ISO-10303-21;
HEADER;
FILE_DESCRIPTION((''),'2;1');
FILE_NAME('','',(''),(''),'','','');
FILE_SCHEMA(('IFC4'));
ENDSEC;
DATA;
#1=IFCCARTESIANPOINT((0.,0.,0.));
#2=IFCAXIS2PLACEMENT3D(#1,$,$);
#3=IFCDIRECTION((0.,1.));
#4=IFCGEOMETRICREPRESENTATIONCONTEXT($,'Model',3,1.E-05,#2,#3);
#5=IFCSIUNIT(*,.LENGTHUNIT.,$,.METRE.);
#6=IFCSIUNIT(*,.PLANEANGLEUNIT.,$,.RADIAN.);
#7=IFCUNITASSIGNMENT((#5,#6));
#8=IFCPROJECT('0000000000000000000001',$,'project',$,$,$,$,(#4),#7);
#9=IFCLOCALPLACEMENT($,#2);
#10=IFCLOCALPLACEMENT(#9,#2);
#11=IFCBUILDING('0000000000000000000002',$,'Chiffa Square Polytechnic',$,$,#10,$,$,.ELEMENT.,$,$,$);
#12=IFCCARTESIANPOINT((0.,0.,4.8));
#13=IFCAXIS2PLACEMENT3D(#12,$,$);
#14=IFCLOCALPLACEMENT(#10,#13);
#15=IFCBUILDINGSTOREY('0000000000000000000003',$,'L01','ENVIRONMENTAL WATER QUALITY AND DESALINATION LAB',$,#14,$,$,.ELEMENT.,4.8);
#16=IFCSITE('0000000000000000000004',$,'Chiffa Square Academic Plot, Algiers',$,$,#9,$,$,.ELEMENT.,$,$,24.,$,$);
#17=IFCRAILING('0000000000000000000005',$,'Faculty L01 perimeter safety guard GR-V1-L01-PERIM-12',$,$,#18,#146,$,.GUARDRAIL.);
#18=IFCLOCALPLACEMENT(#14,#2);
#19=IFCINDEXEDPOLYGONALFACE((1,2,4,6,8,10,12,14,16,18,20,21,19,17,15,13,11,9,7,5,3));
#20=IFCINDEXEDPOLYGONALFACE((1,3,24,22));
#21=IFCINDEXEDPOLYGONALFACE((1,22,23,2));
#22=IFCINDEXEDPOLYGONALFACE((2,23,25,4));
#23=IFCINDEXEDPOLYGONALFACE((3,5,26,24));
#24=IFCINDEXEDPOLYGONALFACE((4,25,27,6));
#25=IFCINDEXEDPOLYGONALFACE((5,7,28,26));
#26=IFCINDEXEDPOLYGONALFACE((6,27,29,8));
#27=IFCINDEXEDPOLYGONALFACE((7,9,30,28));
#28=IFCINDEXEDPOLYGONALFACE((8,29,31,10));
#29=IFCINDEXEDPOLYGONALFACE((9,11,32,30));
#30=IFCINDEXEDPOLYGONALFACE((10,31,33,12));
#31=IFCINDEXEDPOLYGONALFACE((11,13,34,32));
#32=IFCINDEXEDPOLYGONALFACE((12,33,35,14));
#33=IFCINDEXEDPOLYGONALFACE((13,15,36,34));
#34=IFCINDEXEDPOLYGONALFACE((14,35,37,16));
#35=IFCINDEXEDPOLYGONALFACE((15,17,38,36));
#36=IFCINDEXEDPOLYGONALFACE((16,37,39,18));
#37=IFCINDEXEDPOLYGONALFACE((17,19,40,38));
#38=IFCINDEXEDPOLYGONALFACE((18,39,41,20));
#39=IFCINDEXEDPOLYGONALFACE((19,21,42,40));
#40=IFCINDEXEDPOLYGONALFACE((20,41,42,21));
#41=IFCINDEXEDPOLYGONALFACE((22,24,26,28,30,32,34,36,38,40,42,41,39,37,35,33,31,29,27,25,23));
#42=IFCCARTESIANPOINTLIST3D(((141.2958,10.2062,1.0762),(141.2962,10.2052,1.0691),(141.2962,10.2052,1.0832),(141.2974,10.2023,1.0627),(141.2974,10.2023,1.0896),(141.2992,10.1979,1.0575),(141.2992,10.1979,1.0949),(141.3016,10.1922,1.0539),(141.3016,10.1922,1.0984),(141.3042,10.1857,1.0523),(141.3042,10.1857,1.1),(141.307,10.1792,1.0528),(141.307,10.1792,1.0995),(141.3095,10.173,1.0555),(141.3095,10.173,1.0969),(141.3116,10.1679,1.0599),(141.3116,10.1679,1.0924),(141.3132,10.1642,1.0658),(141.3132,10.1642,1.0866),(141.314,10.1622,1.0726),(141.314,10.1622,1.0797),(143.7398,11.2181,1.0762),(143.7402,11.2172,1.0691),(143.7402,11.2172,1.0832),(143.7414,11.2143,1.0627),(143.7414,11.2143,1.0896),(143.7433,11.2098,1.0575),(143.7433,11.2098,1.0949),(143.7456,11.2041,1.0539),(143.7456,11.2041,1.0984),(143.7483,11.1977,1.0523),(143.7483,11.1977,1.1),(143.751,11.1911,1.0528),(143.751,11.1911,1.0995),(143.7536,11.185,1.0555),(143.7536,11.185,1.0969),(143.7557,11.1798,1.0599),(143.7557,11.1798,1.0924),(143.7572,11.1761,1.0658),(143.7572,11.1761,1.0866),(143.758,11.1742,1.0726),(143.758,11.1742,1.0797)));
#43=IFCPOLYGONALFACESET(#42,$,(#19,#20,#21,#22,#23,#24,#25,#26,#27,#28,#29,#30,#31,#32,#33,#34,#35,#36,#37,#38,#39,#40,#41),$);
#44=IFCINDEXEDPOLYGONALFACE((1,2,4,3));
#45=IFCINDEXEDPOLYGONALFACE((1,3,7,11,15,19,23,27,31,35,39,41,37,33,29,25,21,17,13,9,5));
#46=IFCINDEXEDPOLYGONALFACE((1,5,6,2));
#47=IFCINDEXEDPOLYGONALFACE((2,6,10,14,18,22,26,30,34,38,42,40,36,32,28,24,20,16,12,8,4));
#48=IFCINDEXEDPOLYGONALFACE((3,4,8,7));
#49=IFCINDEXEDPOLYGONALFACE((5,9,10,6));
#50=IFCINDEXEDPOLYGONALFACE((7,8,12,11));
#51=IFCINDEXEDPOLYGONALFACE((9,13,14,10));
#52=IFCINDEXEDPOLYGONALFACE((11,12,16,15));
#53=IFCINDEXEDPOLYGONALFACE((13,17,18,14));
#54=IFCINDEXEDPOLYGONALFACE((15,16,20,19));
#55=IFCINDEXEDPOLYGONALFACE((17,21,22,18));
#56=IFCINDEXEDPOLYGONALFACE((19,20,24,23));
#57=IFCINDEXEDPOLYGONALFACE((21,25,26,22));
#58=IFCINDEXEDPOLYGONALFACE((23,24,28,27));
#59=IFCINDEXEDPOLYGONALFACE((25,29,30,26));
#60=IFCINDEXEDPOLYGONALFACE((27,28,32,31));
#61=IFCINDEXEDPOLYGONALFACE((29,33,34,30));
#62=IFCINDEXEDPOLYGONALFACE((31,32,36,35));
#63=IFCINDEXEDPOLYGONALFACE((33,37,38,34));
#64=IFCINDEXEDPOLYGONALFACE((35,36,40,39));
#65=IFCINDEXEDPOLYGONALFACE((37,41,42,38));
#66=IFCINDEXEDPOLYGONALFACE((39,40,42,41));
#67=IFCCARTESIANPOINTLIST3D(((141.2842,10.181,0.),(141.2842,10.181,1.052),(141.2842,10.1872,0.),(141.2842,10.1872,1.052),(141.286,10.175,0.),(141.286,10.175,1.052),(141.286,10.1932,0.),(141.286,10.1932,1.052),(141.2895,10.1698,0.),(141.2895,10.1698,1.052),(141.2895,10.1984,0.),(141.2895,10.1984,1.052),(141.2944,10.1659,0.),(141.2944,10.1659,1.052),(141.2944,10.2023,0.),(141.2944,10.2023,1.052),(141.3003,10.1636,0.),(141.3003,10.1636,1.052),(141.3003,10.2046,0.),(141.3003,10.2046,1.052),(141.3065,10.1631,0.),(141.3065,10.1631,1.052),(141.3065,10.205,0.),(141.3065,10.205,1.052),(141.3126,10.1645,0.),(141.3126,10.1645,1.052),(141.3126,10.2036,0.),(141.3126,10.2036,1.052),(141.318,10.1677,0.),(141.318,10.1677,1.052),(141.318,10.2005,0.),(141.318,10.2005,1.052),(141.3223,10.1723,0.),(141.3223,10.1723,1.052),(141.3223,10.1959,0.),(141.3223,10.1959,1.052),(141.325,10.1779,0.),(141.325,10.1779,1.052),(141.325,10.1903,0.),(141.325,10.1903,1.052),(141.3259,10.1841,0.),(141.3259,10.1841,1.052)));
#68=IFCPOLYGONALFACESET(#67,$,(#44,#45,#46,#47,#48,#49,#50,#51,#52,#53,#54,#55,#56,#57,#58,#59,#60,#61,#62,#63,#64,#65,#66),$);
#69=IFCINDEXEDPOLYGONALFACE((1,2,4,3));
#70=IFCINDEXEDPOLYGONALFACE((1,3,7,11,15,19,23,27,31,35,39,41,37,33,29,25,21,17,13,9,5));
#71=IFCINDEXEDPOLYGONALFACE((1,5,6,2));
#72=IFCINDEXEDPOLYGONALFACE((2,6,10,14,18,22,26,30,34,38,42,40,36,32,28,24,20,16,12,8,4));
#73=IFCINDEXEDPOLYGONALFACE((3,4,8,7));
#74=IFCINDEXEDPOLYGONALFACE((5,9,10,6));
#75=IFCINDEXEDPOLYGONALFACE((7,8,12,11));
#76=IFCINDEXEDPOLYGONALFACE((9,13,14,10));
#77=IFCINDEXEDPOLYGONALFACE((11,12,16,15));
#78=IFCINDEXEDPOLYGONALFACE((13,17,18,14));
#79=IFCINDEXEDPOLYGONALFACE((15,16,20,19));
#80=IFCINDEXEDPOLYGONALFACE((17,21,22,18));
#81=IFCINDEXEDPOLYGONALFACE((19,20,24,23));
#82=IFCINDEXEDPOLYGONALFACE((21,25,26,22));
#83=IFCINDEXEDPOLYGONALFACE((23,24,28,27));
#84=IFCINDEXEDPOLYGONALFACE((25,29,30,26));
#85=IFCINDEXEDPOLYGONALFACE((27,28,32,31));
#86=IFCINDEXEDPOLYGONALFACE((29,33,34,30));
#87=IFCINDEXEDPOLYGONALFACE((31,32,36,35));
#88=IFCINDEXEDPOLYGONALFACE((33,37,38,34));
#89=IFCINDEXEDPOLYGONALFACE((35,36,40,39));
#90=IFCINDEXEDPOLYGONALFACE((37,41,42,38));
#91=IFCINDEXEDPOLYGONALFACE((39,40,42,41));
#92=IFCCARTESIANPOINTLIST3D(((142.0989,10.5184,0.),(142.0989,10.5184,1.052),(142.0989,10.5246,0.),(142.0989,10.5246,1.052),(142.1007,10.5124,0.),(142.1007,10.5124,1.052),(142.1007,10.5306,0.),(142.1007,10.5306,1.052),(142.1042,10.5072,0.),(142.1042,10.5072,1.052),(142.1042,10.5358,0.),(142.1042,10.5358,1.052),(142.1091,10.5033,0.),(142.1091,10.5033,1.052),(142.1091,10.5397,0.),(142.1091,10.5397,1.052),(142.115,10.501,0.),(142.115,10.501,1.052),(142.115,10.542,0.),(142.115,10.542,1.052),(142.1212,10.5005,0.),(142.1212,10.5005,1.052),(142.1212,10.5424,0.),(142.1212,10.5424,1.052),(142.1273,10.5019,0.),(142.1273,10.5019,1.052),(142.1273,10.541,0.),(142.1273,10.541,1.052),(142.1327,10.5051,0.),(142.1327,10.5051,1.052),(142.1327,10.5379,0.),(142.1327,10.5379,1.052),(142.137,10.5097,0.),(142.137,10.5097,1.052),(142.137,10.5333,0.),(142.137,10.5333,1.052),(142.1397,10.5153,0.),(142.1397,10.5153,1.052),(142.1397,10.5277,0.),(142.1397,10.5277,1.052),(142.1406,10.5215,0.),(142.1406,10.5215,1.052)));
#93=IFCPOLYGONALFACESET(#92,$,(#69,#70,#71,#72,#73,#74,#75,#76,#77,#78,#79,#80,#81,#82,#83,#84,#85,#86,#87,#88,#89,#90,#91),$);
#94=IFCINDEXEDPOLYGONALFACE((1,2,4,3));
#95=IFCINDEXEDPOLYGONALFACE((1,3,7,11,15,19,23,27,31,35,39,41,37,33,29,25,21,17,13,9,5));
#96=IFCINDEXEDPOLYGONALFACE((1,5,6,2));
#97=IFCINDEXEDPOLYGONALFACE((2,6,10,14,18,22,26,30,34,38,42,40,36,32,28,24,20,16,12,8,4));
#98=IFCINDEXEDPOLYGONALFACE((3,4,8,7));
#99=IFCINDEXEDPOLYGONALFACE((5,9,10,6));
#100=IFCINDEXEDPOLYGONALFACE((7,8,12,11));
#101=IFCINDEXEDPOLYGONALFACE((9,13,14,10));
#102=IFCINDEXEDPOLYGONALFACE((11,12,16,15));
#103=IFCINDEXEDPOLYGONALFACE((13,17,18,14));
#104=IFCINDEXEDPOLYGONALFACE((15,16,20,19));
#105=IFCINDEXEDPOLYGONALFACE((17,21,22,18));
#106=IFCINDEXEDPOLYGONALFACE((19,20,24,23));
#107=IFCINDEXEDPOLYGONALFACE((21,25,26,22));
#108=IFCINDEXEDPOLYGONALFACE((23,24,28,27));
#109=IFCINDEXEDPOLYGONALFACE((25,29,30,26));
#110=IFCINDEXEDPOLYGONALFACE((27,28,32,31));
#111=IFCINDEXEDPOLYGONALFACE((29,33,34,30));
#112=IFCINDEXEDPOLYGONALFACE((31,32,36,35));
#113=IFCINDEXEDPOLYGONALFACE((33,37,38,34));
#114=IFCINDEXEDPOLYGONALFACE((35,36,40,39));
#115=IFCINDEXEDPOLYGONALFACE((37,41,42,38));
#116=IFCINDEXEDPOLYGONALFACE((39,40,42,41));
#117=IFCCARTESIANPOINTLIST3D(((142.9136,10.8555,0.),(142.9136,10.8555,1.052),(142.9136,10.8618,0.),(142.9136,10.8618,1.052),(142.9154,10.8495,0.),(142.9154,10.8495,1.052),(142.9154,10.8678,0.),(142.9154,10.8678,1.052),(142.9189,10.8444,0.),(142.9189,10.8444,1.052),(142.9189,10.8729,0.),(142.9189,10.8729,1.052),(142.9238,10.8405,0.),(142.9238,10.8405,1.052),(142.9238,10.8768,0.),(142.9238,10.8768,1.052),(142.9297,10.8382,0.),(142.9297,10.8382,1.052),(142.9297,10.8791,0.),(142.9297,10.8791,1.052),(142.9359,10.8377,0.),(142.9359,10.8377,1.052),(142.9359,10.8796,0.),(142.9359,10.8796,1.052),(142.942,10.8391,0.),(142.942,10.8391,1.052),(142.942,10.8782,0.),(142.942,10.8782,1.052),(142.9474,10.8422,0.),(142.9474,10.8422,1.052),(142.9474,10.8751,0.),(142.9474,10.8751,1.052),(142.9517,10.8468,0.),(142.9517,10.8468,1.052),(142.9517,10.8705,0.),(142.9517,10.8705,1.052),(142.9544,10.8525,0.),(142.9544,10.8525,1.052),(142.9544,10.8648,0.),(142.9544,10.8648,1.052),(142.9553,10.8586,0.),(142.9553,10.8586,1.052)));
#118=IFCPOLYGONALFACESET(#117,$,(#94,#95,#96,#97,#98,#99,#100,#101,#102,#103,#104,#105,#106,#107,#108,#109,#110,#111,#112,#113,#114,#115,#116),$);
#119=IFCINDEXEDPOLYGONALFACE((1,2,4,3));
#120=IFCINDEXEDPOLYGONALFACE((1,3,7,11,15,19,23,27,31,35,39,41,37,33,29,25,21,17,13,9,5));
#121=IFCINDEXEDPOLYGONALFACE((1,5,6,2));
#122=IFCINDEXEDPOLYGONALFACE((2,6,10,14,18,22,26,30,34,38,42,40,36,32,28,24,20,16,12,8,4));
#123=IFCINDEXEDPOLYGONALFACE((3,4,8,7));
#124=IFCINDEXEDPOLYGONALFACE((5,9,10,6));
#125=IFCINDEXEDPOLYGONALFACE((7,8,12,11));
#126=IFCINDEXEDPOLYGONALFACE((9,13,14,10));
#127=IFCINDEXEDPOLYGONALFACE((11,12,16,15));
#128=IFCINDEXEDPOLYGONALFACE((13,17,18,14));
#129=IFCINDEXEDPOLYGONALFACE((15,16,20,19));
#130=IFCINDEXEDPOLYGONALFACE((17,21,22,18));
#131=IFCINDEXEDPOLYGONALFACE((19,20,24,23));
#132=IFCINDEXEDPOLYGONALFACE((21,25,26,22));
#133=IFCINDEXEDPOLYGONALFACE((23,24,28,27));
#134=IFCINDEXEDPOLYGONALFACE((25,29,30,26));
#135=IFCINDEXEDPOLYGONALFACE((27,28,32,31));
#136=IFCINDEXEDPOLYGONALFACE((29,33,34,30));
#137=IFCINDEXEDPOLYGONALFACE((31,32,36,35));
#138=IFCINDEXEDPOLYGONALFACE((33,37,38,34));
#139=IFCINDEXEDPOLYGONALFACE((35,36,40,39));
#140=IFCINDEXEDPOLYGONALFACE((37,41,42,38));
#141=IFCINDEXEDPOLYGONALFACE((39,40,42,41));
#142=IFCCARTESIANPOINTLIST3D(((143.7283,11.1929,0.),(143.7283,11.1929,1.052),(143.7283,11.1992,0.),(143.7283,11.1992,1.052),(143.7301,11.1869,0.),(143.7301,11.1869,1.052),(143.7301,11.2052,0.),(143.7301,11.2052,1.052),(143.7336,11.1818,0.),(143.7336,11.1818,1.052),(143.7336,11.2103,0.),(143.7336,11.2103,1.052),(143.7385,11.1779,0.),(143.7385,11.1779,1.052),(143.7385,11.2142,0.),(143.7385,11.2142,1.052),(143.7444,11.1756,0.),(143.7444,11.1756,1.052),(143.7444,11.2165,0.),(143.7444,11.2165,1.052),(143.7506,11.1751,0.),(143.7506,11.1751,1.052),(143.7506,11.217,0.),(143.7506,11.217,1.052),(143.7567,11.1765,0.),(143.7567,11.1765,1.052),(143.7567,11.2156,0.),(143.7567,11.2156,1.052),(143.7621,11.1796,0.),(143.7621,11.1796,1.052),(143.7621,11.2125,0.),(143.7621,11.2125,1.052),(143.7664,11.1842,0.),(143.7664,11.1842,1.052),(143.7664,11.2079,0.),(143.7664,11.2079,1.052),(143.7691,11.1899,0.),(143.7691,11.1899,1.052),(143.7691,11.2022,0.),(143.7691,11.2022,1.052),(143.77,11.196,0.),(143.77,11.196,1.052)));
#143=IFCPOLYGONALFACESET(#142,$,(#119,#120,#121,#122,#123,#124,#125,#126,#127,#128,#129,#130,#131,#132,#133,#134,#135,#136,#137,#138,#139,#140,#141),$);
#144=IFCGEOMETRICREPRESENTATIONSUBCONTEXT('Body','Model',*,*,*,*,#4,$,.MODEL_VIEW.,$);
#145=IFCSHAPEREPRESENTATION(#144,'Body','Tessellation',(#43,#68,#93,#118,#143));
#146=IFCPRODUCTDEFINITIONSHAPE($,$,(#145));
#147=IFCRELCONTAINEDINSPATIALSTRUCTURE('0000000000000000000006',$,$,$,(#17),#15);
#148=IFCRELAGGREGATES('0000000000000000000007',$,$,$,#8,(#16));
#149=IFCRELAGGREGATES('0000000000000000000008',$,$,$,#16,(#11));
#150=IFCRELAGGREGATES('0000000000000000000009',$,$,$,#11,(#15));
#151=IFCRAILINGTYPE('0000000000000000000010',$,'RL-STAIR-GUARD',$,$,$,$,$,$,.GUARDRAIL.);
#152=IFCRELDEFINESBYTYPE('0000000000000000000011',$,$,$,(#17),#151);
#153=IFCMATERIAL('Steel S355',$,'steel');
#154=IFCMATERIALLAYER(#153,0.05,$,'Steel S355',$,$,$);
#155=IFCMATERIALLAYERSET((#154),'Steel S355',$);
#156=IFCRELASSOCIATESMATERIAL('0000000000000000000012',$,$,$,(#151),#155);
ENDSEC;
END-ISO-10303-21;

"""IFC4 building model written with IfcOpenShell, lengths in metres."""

from ifc_helpers import new_model, si_unit, direction, frame, origin, origin_2d, place, context, subcontext, project, spatial, circle, extrude, material, layer, layer_set, type_object, element, save


model = new_model("IFC4")

# Units and contexts
model_context = context("Model", 3, precision=1e-05, world=origin(), true_north=direction((0.0, 1.0)))
body_context = subcontext(model_context, "Body", "Model", "MODEL_VIEW")
ifc_project = project(units=[si_unit("LENGTHUNIT", "METRE"), si_unit("PLANEANGLEUNIT", "RADIAN")], contexts=[model_context])

# Site, building, storey
site_placement = place(None, origin())
site = spatial("IfcSite", under=ifc_project, at=site_placement, Name="Chiffa Square Academic Plot, Algiers", CompositionType="ELEMENT", RefElevation=24.0)
building_placement = place(site_placement, origin())
building = spatial("IfcBuilding", under=site, at=building_placement, Name="Chiffa Square Polytechnic", CompositionType="ELEMENT")
storey_placement = place(building_placement, frame((0.0, 0.0, 4.8)))
storey = spatial("IfcBuildingStorey", under=building, at=storey_placement, Name="L01", Description="ENVIRONMENTAL WATER QUALITY AND DESALINATION LAB", CompositionType="ELEMENT", Elevation=4.8)

# Shared definitions
ifc_material_1 = material(Name="Steel S355", Category="steel")

# Railing
ifc_layer_1 = layer(ifc_material_1, 0.05, Name="Steel S355")
ifc_layer_set_1 = layer_set([ifc_layer_1], Name="Steel S355")
railing_type = type_object("IfcRailingType", Name="RL-STAIR-GUARD", PredefinedType="GUARDRAIL", material=ifc_layer_set_1)
railing_1_placement = place(storey_placement, frame((141.3049, 10.1841, 0.0)))
element("IfcRailing", 1, at=railing_1_placement, inside=storey, type_object=railing_type, Name="Faculty L01 perimeter safety guard GR-V1-L01-PERIM-12", PredefinedType="GUARDRAIL", context=body_context, shape_type="SweptSolid", body=[
    extrude(circle(Radius=0.0239, at=origin_2d()), frame((0.0, 0.0, 1.0762), z_axis=(0.923935, 0.38255, 0.0), x_axis=(-0.38255, 0.923935, 0.0)), (0.0, 0.0, 1.0), 2.6453),
    extrude(circle(Radius=0.021, at=origin_2d()), origin(), (0.0, 0.0, 1.0), 1.052),
    extrude(circle(Radius=0.021, at=origin_2d()), frame((0.8147, 0.3374, 0.0)), (0.0, 0.0, 1.0), 1.052),
    extrude(circle(Radius=0.021, at=origin_2d()), frame((1.6294, 0.6746, 0.0)), (0.0, 0.0, 1.0), 1.052),
    extrude(circle(Radius=0.021, at=origin_2d()), frame((2.4441, 1.012, 0.0)), (0.0, 0.0, 1.0), 1.052),
])

save(model, "model.ifc")
